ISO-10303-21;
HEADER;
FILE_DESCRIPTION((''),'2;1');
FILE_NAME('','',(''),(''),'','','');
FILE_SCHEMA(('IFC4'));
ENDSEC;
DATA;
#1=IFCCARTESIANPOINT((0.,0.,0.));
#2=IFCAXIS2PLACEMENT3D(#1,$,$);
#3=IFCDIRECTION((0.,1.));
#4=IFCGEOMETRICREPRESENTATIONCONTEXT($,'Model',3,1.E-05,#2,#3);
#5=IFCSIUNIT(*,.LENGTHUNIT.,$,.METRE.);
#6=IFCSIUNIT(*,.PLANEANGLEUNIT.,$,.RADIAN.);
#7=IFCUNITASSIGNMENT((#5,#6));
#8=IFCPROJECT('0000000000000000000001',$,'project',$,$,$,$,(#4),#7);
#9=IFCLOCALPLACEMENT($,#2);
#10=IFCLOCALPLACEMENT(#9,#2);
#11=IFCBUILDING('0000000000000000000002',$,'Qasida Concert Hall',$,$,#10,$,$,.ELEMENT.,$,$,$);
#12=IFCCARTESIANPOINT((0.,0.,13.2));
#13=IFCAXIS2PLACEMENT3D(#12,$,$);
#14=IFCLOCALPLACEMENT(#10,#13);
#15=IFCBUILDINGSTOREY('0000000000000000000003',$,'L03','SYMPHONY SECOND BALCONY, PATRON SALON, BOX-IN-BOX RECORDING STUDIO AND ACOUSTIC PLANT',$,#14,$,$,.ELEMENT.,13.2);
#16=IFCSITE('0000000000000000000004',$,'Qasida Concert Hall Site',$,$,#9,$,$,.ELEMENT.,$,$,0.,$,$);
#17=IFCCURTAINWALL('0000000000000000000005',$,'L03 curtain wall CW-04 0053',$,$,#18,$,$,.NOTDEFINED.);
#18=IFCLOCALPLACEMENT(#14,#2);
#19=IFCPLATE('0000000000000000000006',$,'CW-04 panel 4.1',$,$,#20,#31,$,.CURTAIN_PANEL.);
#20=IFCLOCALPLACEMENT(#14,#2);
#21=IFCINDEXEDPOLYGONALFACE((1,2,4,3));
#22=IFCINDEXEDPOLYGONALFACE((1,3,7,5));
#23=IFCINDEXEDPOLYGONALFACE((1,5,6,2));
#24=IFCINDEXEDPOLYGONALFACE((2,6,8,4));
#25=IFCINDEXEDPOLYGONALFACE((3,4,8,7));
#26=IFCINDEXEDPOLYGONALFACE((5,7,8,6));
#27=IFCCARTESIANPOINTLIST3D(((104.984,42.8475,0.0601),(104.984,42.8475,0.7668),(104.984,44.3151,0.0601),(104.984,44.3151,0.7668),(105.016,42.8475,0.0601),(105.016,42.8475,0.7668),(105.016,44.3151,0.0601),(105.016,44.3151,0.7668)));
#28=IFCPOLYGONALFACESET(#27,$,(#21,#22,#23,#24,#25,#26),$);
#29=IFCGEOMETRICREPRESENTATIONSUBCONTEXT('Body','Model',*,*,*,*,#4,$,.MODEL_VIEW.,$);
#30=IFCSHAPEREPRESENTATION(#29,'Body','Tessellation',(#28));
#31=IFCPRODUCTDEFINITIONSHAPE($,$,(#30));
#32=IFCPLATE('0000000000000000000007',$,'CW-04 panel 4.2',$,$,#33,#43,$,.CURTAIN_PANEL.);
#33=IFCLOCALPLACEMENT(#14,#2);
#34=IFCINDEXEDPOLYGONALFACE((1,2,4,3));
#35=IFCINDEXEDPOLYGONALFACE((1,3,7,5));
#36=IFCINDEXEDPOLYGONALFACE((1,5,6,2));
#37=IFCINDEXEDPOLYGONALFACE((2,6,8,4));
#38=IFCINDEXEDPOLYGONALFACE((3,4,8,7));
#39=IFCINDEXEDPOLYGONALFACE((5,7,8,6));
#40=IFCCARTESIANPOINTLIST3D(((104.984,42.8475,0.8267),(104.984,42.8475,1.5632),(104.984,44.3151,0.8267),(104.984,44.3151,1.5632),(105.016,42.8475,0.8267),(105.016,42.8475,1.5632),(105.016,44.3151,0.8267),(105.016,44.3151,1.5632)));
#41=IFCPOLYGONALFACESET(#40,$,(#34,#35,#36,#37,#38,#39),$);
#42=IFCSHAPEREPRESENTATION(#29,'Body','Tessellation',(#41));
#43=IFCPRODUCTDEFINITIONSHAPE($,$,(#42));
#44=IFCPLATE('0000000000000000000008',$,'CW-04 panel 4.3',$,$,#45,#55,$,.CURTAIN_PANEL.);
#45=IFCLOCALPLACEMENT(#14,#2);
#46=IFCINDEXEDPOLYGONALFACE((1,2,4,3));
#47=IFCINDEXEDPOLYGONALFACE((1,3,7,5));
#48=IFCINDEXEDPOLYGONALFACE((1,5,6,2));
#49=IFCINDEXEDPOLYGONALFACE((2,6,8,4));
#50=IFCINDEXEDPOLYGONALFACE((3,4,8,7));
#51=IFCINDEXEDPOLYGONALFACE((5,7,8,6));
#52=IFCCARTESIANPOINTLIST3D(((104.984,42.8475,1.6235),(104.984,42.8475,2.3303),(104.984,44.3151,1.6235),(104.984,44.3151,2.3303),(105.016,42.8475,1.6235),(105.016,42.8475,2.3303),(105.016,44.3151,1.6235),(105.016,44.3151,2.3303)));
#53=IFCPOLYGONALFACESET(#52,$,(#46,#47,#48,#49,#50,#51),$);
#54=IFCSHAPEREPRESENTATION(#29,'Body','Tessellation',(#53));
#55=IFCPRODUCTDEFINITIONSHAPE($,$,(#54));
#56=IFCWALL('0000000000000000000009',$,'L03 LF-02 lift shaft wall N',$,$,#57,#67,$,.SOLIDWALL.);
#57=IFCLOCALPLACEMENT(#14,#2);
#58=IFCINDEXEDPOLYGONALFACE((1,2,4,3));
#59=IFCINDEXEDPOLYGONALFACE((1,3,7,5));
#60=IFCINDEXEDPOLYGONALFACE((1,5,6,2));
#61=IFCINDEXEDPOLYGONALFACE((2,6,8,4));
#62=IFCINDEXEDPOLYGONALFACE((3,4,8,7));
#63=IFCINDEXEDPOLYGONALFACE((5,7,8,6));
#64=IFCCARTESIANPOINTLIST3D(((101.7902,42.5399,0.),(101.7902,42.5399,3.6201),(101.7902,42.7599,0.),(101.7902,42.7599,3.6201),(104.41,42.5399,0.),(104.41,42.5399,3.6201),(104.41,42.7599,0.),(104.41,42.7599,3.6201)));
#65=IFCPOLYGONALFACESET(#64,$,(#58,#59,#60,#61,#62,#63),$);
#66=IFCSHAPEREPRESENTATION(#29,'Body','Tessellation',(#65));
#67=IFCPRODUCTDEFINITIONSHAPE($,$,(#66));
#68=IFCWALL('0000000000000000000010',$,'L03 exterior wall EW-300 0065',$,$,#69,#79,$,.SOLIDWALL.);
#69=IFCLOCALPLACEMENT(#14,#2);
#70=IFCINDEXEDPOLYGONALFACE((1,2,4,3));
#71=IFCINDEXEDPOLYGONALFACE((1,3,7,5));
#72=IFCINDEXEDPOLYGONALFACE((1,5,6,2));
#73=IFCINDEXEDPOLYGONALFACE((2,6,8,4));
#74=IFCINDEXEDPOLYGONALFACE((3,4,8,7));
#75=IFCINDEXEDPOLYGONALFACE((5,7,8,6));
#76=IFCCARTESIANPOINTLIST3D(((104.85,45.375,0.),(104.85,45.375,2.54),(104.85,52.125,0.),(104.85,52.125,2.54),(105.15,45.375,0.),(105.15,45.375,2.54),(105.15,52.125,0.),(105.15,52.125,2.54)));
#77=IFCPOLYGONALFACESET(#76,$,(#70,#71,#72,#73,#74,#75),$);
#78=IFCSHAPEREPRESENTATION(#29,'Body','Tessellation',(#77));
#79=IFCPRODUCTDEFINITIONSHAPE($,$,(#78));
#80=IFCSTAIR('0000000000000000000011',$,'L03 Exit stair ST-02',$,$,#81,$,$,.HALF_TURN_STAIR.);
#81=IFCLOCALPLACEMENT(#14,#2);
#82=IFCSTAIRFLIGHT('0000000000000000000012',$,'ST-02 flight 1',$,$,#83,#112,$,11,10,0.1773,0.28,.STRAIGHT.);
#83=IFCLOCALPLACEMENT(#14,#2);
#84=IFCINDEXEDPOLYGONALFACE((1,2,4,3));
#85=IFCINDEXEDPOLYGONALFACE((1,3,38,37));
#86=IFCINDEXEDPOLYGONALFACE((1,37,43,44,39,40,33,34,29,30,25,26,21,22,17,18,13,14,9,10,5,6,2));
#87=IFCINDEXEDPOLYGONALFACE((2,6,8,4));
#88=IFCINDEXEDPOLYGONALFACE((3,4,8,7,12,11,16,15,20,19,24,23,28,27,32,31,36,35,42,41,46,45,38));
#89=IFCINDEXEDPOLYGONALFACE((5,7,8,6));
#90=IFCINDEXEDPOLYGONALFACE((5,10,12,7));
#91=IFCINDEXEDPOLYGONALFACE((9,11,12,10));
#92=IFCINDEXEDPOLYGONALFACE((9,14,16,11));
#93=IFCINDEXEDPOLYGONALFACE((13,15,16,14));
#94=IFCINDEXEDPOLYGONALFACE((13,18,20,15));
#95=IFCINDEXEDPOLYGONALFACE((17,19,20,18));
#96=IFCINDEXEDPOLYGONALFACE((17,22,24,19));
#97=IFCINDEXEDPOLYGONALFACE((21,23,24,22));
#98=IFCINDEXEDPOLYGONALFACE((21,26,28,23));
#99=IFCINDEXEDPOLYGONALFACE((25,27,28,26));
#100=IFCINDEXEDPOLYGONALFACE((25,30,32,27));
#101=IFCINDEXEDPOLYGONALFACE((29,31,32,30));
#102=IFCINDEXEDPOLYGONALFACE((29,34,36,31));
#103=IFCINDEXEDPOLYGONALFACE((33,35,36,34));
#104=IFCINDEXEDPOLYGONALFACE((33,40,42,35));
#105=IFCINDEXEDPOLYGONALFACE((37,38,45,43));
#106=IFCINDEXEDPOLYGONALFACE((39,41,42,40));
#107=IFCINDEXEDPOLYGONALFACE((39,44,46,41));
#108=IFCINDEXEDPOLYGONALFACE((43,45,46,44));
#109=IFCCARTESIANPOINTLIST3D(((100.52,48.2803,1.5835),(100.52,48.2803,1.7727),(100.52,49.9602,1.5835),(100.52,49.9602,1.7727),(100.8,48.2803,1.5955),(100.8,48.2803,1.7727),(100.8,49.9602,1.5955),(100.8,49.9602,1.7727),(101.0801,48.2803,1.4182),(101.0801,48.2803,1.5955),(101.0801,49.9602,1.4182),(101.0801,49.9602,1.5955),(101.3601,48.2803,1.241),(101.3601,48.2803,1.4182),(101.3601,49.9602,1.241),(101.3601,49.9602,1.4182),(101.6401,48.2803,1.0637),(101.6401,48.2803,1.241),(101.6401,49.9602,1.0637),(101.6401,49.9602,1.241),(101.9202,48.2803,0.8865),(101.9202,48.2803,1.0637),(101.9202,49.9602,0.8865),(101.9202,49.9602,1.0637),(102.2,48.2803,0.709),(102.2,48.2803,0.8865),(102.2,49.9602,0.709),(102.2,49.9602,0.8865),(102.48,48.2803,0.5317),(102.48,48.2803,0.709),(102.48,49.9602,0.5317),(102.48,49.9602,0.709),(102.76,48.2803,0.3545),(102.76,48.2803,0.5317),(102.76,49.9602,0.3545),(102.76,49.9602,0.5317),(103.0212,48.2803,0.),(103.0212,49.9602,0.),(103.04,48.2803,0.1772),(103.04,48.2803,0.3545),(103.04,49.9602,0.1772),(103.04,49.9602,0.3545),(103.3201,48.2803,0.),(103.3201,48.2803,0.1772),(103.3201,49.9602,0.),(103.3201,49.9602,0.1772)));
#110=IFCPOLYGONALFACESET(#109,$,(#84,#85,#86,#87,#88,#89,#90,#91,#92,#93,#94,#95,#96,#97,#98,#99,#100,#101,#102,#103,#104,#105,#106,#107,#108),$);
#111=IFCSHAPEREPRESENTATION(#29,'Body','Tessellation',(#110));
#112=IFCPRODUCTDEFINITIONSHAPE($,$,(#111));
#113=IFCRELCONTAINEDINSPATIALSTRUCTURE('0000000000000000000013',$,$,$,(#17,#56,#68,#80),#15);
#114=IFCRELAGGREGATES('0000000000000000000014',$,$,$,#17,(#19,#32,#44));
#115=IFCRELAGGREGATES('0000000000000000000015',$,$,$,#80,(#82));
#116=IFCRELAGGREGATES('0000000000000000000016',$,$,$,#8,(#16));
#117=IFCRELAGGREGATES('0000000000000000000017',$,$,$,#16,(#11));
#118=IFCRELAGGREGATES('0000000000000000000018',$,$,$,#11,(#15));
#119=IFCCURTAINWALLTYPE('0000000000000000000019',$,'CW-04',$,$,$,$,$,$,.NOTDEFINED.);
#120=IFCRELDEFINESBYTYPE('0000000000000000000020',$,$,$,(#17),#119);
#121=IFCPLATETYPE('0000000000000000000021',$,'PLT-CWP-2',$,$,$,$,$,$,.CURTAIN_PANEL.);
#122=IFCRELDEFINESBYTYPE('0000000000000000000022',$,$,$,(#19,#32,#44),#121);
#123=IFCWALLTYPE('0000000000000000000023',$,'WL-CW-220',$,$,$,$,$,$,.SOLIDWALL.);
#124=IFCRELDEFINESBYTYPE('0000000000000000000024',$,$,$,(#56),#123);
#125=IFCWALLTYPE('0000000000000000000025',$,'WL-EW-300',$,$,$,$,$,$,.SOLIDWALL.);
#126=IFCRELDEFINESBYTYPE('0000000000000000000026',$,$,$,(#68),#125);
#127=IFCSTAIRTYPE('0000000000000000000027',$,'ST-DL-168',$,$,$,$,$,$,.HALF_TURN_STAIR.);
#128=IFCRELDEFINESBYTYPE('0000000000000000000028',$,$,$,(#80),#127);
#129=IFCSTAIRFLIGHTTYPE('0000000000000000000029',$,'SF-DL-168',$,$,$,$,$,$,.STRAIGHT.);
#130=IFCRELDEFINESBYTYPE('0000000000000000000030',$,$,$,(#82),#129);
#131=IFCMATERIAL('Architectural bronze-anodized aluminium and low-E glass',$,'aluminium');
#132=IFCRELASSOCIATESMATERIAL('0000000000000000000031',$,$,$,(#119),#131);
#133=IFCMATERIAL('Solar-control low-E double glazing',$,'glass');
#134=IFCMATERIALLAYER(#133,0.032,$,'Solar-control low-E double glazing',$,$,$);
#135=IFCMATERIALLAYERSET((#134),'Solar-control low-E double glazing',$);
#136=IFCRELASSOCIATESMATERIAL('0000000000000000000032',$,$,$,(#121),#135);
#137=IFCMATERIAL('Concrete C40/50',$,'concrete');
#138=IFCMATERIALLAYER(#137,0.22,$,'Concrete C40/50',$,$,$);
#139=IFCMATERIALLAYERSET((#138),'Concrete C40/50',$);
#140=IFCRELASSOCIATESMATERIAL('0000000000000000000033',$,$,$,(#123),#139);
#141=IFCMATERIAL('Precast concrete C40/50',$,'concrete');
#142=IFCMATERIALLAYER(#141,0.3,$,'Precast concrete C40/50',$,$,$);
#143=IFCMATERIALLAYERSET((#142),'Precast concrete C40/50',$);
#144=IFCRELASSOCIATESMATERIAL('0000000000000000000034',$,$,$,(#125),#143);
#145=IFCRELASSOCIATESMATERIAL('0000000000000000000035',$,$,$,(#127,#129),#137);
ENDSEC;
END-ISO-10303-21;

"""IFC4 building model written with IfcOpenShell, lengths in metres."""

from ifc_helpers import new_model, si_unit, direction, frame, frame_2d, origin, origin_2d, place, context, subcontext, project, spatial, polyline, rectangle, outline, extrude, material, layer, layer_set, type_object, element, aggregate, save


model = new_model("IFC4")

# Units and contexts
model_context = context("Model", 3, precision=1e-05, world=origin(), true_north=direction((0.0, 1.0)))
body_context = subcontext(model_context, "Body", "Model", "MODEL_VIEW")
ifc_project = project(units=[si_unit("LENGTHUNIT", "METRE"), si_unit("PLANEANGLEUNIT", "RADIAN")], contexts=[model_context])

# Site, building, storey
site_placement = place(None, origin())
site = spatial("IfcSite", under=ifc_project, at=site_placement, Name="Qasida Concert Hall Site", CompositionType="ELEMENT", RefElevation=0.0)
building_placement = place(site_placement, origin())
building = spatial("IfcBuilding", under=site, at=building_placement, Name="Qasida Concert Hall", CompositionType="ELEMENT")
storey_placement = place(building_placement, frame((0.0, 0.0, 13.2)))
storey = spatial("IfcBuildingStorey", under=building, at=storey_placement, Name="L03", Description="SYMPHONY SECOND BALCONY, PATRON SALON, BOX-IN-BOX RECORDING STUDIO AND ACOUSTIC PLANT", CompositionType="ELEMENT", Elevation=13.2)

# Shared definitions
ifc_material_1 = material(Name="Concrete C40/50", Category="concrete")

# Curtain wall
ifc_material_2 = material(Name="Architectural bronze-anodized aluminium and low-E glass", Category="aluminium")
curtain_wall_type = type_object("IfcCurtainWallType", Name="CW-04", PredefinedType="NOTDEFINED", material=ifc_material_2)
curtain_wall_1_placement = place(storey_placement, origin())
curtain_wall_1 = element("IfcCurtainWall", 1, at=curtain_wall_1_placement, inside=storey, type_object=curtain_wall_type, Name="L03 curtain wall CW-04 0053", PredefinedType="NOTDEFINED")

# Plates
ifc_material_3 = material(Name="Solar-control low-E double glazing", Category="glass")
ifc_layer_1 = layer(ifc_material_3, 0.032, Name="Solar-control low-E double glazing")
ifc_layer_set_1 = layer_set([ifc_layer_1], Name="Solar-control low-E double glazing")
plate_type = type_object("IfcPlateType", Name="PLT-CWP-2", PredefinedType="CURTAIN_PANEL", material=ifc_layer_set_1)
plate_1_placement = place(storey_placement, frame((105.0, 43.5813, 0.0601), z_axis=(0.0, 0.0, 1.0), x_axis=(0.0, 1.0, 0.0)))
plate_1 = element("IfcPlate", 2, at=plate_1_placement, type_object=plate_type, Name="CW-04 panel 4.1", PredefinedType="CURTAIN_PANEL", context=body_context, shape_type="SweptSolid", body=[
    extrude(rectangle(XDim=1.4675, YDim=0.032, at=origin_2d()), origin(), (0.0, 0.0, 1.0), 0.7068),
])
plate_2_placement = place(storey_placement, frame((105.0, 43.5813, 0.8267), z_axis=(0.0, 0.0, 1.0), x_axis=(0.0, 1.0, 0.0)))
plate_2 = element("IfcPlate", 3, at=plate_2_placement, type_object=plate_type, Name="CW-04 panel 4.2", PredefinedType="CURTAIN_PANEL", context=body_context, shape_type="SweptSolid", body=[
    extrude(rectangle(XDim=1.4675, YDim=0.032, at=origin_2d()), origin(), (0.0, 0.0, 1.0), 0.7366),
])
plate_3_placement = place(storey_placement, frame((105.0, 43.5813, 1.6235), z_axis=(0.0, 0.0, 1.0), x_axis=(0.0, 1.0, 0.0)))
plate_3 = element("IfcPlate", 4, at=plate_3_placement, type_object=plate_type, Name="CW-04 panel 4.3", PredefinedType="CURTAIN_PANEL", context=body_context, shape_type="SweptSolid", body=[
    extrude(rectangle(XDim=1.4675, YDim=0.032, at=origin_2d()), origin(), (0.0, 0.0, 1.0), 0.7068),
])
aggregate(curtain_wall_1, [plate_1, plate_2, plate_3])

# Walls
ifc_layer_2 = layer(ifc_material_1, 0.22, Name="Concrete C40/50")
ifc_layer_set_2 = layer_set([ifc_layer_2], Name="Concrete C40/50")
wall_type_1 = type_object("IfcWallType", Name="WL-CW-220", PredefinedType="SOLIDWALL", material=ifc_layer_set_2)
wall_1_placement = place(storey_placement, frame((101.79, 42.6499, 0.0), z_axis=(0.0, 0.0, 1.0), x_axis=(1.0, 0.0, 0.0)))
element("IfcWall", 5, at=wall_1_placement, inside=storey, type_object=wall_type_1, Name="L03 LF-02 lift shaft wall N", PredefinedType="SOLIDWALL", context=body_context, shape_type="SweptSolid", body=[
    extrude(rectangle(XDim=2.6199, YDim=0.22, at=frame_2d((1.3101, 0.0))), origin(), (0.0, 0.0, 1.0), 3.6201),
])
ifc_material_4 = material(Name="Precast concrete C40/50", Category="concrete")
ifc_layer_3 = layer(ifc_material_4, 0.3, Name="Precast concrete C40/50")
ifc_layer_set_3 = layer_set([ifc_layer_3], Name="Precast concrete C40/50")
wall_type_2 = type_object("IfcWallType", Name="WL-EW-300", PredefinedType="SOLIDWALL", material=ifc_layer_set_3)
wall_2_placement = place(storey_placement, frame((105.0, 45.375, 0.0), z_axis=(0.0, 0.0, 1.0), x_axis=(0.0, 1.0, 0.0)))
element("IfcWall", 6, at=wall_2_placement, inside=storey, type_object=wall_type_2, Name="L03 exterior wall EW-300 0065", PredefinedType="SOLIDWALL", context=body_context, shape_type="SweptSolid", body=[
    extrude(rectangle(XDim=6.75, YDim=0.3, at=frame_2d((3.375, 0.0))), origin(), (0.0, 0.0, 1.0), 2.54),
])

# Stair, stair flight
stair_type = type_object("IfcStairType", Name="ST-DL-168", PredefinedType="HALF_TURN_STAIR", material=ifc_material_1)
stair_placement = place(storey_placement, origin())
stair = element("IfcStair", 7, at=stair_placement, inside=storey, type_object=stair_type, Name="L03 Exit stair ST-02", PredefinedType="HALF_TURN_STAIR")
stair_flight_type = type_object("IfcStairFlightType", Name="SF-DL-168", PredefinedType="STRAIGHT", material=ifc_material_1)
stair_flight_placement = place(storey_placement, frame((103.3201, 49.1201, 0.0), z_axis=(0.0, 0.0, 1.0), x_axis=(-1.0, 0.0, 0.0)))
stair_flight = element("IfcStairFlight", 8, at=stair_flight_placement, type_object=stair_flight_type, Name="ST-02 flight 1", NumberOfRisers=11, NumberOfTreads=10, PredefinedType="STRAIGHT", RiserHeight=0.1773, TreadLength=0.28, context=body_context, shape_type="SweptSolid", body=[
    extrude(outline(polyline([(0.0, 0.0), (0.0, 0.1772), (0.28, 0.1772), (0.28, 0.3545), (0.5601, 0.3545), (0.5601, 0.5317), (0.8401, 0.5317), (0.8401, 0.709), (1.1201, 0.709), (1.1201, 0.8865), (1.3999, 0.8865), (1.3999, 1.0637), (1.6799, 1.0637), (1.6799, 1.241), (1.96, 1.241), (1.96, 1.4182), (2.24, 1.4182), (2.24, 1.5955), (2.52, 1.5955), (2.52, 1.7727), (2.8, 1.7727), (2.8, 1.95), (2.8, 1.5835), (0.2988, 0.0), (0.0, 0.0)])), frame((0.0, 0.8398, 0.0), z_axis=(0.0, -1.0, 0.0), x_axis=(1.0, 0.0, 0.0)), (0.0, 0.0, 1.0), 1.6799),
])
aggregate(stair, [stair_flight])

save(model, "model.ifc")
